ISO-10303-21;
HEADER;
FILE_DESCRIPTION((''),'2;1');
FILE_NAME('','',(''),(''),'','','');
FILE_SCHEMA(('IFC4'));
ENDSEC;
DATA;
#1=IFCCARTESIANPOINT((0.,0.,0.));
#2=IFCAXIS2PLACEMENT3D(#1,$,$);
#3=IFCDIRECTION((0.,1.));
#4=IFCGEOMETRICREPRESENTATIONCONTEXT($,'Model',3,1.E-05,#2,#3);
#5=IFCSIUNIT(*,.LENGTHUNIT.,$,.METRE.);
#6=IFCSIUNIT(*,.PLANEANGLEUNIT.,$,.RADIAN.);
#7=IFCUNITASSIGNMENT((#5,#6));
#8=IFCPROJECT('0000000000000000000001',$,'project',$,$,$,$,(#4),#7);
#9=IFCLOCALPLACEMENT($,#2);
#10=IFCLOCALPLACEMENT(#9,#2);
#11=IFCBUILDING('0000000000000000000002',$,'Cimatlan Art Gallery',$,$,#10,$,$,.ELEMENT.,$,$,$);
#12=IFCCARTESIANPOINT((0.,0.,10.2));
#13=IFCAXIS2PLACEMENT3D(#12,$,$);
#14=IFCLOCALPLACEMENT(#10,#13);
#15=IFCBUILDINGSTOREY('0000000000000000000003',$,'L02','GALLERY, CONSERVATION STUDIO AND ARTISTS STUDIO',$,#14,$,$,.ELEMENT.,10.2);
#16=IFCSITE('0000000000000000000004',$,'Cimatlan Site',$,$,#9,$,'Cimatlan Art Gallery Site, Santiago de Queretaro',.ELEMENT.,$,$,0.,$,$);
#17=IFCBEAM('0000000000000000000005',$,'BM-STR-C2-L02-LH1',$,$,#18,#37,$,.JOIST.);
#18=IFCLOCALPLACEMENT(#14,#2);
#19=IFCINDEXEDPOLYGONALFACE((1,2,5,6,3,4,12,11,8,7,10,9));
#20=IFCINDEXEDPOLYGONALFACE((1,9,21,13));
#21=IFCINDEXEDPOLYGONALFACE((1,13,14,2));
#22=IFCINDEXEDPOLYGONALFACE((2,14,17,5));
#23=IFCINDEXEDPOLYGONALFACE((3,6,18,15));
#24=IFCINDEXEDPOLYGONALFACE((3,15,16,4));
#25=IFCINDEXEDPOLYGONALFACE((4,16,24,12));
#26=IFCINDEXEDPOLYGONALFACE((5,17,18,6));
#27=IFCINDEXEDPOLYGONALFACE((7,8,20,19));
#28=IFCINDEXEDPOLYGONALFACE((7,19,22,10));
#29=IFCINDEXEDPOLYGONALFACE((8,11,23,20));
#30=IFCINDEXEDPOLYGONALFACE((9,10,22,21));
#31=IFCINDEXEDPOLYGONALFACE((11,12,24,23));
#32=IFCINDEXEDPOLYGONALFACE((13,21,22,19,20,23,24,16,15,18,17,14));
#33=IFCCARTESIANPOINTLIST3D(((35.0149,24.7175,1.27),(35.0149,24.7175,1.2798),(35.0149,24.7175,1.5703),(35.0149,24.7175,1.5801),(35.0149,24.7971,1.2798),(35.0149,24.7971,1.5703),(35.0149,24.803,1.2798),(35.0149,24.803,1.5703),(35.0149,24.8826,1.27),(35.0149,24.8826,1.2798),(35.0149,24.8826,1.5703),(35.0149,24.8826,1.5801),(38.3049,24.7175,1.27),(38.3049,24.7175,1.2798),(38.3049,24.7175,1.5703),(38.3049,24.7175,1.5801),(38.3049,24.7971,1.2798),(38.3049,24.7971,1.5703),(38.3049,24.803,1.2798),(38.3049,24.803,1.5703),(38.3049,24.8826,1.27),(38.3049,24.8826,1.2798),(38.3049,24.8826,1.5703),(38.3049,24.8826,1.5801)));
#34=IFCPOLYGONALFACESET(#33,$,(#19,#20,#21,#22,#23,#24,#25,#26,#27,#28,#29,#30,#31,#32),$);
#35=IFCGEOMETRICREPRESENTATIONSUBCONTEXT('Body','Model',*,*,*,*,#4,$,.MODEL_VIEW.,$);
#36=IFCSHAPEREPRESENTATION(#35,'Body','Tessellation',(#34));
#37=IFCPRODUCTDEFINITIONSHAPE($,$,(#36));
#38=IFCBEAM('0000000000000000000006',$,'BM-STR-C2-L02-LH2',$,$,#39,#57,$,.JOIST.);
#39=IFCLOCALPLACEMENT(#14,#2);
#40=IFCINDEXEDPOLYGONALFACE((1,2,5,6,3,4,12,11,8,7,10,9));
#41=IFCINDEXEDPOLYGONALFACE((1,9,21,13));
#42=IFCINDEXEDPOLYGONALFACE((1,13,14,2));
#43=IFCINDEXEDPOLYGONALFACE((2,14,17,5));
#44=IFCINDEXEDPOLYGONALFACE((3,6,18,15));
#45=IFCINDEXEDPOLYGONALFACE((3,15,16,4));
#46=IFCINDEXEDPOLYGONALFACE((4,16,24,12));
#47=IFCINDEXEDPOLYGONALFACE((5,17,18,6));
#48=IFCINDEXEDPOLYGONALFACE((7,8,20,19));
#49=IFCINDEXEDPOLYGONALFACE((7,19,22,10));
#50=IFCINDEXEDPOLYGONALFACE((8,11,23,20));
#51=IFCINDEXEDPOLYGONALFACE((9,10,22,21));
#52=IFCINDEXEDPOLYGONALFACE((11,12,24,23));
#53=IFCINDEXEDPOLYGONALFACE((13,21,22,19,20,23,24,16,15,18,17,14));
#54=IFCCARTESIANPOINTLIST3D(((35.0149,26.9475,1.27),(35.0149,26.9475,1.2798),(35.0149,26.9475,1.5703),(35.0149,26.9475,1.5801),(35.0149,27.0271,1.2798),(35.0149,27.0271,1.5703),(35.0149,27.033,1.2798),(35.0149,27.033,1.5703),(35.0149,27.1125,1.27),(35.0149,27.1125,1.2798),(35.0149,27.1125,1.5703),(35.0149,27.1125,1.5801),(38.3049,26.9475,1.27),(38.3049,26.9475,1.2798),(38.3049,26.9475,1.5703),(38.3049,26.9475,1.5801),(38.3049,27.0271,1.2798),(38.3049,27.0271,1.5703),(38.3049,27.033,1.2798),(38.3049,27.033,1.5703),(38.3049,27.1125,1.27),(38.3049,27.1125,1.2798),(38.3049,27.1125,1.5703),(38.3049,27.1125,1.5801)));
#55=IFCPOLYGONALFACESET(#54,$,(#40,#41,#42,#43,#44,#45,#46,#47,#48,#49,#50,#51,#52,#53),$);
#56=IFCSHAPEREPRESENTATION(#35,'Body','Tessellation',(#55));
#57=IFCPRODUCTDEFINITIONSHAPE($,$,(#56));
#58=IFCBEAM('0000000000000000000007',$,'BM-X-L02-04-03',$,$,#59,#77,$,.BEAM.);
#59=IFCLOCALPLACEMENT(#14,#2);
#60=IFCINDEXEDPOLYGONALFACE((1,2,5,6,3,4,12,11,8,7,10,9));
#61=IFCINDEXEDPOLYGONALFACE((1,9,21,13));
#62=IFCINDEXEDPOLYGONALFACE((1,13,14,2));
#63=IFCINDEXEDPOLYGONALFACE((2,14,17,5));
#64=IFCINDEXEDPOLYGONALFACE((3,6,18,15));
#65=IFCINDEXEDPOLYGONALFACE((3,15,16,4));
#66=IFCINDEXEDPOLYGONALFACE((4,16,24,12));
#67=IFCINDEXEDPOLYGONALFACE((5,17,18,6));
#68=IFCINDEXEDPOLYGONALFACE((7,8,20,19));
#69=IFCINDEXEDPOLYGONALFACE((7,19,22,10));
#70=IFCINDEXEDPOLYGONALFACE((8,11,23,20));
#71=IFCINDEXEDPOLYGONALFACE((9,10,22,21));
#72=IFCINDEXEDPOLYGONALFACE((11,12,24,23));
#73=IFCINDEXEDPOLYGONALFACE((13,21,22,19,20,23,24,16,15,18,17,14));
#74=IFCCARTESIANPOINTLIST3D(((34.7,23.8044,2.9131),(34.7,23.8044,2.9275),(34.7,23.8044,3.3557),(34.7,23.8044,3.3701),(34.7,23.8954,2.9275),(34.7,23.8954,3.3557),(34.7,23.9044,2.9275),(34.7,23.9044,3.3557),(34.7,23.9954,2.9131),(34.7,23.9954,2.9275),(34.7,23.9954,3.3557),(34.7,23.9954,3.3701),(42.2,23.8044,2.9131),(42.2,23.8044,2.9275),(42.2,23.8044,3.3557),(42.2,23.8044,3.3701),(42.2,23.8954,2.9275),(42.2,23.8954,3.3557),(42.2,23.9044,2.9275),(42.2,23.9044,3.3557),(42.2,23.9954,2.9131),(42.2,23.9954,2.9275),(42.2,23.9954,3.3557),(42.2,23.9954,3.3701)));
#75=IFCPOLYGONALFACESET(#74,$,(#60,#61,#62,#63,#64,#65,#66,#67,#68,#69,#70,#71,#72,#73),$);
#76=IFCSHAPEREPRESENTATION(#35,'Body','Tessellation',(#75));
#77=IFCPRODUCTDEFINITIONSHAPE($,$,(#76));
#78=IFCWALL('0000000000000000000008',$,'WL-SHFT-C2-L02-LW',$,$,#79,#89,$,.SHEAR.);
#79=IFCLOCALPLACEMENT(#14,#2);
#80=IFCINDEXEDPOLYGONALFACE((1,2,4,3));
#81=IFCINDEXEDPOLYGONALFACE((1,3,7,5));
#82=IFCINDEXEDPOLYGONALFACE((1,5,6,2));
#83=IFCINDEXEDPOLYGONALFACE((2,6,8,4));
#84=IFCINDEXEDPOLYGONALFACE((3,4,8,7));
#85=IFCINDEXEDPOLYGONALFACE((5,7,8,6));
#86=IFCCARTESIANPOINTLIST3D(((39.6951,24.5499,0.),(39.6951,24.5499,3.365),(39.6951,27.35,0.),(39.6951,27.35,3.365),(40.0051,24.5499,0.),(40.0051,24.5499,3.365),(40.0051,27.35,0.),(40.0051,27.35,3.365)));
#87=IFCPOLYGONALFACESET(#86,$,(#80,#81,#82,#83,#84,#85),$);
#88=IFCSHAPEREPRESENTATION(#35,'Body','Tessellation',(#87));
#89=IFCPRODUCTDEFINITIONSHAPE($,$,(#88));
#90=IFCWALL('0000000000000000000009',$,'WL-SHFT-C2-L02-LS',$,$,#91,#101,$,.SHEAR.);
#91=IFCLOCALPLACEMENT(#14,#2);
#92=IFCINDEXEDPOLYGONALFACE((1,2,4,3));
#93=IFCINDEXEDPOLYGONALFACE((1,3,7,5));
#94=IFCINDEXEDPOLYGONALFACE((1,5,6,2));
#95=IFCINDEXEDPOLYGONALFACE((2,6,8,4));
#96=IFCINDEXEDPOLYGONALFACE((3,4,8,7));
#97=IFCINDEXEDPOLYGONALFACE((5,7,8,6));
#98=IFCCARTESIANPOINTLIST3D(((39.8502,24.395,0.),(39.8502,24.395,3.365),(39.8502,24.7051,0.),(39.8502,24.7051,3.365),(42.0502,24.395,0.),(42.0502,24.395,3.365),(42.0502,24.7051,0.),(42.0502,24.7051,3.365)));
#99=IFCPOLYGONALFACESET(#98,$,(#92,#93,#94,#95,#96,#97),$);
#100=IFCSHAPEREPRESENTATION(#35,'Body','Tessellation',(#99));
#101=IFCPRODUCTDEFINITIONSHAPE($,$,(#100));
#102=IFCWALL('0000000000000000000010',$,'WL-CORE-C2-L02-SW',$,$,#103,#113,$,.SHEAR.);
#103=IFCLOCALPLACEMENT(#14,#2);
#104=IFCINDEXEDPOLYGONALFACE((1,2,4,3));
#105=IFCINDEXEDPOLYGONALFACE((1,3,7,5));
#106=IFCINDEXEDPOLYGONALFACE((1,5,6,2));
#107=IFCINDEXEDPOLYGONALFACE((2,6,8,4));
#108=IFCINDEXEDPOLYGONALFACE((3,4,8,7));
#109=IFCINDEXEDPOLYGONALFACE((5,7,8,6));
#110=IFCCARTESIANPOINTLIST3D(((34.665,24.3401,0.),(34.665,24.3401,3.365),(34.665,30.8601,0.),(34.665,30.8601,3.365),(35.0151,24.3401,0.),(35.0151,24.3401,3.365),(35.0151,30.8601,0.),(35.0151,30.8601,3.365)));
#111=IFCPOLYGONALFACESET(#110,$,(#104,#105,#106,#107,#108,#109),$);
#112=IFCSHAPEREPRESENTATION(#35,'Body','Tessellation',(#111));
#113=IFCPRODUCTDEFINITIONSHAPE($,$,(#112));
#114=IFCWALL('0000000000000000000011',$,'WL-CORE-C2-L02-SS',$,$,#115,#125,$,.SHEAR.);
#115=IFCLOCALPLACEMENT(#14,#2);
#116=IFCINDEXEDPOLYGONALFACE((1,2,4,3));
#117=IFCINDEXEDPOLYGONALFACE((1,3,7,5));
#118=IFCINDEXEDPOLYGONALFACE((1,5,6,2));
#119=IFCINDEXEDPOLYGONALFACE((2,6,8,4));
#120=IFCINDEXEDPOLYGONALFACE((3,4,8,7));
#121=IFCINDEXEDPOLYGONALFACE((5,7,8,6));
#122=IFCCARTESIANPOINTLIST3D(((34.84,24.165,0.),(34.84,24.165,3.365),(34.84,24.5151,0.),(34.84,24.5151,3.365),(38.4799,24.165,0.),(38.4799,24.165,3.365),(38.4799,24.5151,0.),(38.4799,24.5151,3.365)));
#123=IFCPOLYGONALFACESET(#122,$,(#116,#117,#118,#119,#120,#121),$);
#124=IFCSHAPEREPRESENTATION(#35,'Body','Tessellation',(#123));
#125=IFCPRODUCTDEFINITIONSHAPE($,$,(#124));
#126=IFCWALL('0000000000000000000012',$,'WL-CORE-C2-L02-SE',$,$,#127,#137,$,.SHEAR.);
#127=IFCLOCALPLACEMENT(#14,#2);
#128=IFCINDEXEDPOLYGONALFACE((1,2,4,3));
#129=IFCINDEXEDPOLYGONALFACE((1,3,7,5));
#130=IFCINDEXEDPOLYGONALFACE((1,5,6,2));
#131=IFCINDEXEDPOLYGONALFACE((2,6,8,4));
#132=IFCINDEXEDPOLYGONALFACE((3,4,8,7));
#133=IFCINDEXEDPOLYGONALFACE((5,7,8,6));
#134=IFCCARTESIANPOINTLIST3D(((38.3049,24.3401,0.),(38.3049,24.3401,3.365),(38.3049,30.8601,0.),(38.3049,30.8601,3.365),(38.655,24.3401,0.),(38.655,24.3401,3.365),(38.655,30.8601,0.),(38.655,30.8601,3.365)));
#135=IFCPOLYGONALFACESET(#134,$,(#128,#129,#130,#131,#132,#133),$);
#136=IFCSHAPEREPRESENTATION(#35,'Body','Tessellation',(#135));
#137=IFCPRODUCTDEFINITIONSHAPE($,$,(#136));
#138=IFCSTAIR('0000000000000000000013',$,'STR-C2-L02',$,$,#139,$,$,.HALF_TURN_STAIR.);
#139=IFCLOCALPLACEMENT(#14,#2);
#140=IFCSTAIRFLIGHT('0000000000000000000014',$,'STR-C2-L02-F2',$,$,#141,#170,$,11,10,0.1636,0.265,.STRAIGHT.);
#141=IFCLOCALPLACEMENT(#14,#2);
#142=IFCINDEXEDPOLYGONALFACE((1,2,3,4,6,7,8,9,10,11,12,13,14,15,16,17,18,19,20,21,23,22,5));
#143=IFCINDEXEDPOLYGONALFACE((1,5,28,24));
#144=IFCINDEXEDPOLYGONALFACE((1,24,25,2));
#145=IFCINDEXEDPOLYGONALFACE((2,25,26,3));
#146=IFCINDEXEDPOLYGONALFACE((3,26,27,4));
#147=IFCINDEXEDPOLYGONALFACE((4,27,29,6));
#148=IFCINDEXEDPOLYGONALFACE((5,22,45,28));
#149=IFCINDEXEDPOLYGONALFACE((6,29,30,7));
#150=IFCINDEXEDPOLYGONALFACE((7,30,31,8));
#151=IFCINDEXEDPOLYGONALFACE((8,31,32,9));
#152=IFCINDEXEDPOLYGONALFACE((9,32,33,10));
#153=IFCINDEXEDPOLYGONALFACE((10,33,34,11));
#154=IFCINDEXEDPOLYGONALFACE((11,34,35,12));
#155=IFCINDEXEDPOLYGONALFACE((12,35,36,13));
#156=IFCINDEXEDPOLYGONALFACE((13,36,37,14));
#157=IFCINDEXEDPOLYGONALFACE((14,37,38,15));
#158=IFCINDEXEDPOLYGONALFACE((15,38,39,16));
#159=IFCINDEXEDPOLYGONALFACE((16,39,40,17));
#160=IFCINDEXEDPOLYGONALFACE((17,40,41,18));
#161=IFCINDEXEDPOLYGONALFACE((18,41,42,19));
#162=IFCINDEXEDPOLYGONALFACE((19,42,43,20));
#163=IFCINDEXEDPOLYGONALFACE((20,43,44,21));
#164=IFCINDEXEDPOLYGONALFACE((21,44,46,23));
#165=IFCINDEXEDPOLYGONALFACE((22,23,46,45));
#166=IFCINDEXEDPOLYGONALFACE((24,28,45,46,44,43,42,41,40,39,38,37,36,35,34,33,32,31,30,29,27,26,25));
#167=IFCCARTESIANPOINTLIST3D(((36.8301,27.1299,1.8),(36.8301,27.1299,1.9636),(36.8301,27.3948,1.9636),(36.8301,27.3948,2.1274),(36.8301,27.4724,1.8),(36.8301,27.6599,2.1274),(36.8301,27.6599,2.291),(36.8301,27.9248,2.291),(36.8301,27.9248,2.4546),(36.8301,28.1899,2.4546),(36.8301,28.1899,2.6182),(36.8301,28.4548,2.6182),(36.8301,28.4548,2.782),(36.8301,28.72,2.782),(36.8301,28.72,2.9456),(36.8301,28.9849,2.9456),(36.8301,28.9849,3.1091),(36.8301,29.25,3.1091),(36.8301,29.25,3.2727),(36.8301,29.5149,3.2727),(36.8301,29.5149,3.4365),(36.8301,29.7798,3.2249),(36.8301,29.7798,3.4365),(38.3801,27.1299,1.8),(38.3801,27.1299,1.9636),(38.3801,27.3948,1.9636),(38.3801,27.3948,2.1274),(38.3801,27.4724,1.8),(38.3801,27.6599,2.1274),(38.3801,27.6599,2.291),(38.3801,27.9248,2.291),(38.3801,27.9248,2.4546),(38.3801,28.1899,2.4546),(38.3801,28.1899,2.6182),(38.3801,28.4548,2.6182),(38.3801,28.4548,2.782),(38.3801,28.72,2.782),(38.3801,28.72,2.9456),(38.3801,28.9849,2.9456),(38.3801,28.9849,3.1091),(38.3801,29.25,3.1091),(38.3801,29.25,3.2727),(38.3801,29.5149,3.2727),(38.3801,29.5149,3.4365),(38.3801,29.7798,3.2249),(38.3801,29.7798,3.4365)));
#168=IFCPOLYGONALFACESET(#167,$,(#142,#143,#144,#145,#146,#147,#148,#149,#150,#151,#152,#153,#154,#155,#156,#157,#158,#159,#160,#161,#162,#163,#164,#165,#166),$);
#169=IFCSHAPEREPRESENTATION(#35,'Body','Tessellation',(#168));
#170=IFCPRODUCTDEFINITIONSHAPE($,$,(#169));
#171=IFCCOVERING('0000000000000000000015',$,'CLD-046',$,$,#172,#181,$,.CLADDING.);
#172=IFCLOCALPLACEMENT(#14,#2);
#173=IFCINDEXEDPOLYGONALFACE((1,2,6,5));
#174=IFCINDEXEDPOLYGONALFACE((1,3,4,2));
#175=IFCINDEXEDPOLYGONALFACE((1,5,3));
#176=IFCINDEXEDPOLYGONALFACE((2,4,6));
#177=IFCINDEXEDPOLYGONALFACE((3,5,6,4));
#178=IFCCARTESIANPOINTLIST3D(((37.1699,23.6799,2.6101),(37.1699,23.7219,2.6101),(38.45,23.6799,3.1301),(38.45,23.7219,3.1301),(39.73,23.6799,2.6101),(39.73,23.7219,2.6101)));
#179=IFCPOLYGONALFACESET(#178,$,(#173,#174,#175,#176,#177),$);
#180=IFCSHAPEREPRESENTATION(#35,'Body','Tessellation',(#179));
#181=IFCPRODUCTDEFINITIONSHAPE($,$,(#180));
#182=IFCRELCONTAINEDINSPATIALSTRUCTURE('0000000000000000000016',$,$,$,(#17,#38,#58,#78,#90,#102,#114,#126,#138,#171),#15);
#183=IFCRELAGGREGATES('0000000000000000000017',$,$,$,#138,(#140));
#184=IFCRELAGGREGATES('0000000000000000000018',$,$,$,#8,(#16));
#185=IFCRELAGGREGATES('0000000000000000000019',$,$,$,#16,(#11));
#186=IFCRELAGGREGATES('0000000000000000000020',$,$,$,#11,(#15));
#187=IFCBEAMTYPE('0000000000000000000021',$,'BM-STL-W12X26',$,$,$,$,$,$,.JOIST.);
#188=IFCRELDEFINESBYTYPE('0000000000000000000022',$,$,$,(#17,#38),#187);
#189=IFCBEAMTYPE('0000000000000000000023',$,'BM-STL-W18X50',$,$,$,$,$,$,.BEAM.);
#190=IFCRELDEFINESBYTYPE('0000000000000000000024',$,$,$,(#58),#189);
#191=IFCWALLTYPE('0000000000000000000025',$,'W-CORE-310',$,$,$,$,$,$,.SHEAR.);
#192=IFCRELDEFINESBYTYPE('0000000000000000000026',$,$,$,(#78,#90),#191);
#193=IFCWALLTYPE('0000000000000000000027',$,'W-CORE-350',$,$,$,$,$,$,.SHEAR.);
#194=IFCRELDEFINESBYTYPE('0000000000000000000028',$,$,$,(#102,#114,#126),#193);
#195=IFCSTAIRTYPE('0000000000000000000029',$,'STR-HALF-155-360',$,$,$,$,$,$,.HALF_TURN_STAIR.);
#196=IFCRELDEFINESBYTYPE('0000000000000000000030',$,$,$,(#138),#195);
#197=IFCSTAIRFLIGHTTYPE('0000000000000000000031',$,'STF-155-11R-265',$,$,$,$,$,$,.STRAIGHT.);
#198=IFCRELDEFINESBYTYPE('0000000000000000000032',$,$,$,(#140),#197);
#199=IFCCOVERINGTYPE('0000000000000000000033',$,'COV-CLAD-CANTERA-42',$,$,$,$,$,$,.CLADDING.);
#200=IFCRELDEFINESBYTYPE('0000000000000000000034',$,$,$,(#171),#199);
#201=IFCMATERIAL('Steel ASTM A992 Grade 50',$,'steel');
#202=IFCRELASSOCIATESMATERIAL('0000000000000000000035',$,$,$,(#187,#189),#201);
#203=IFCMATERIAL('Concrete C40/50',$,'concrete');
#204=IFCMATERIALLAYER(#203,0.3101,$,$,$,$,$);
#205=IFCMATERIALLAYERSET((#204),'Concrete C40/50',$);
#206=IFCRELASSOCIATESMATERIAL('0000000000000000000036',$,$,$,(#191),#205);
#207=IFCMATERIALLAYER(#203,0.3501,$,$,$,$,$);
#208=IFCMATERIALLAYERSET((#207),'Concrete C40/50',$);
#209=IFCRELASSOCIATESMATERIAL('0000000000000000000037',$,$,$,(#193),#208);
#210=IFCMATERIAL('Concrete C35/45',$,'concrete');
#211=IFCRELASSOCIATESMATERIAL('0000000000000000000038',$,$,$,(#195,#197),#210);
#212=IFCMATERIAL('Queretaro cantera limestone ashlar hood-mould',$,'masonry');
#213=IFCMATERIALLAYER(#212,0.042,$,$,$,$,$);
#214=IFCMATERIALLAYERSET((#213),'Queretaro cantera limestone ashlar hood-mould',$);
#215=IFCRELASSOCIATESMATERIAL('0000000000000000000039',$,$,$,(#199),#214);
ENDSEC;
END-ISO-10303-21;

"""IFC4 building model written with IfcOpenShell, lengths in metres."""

from ifc_helpers import new_model, si_unit, direction, frame, frame_2d, origin, origin_2d, place, context, subcontext, project, spatial, polyline, rectangle, i_section, outline, extrude, material, layer, layer_set, material_profile, profile_set, type_object, element, aggregate, save


model = new_model("IFC4")

# Units and contexts
model_context = context("Model", 3, precision=1e-05, world=origin(), true_north=direction((0.0, 1.0)))
body_context = subcontext(model_context, "Body", "Model", "MODEL_VIEW")
ifc_project = project(units=[si_unit("LENGTHUNIT", "METRE"), si_unit("PLANEANGLEUNIT", "RADIAN")], contexts=[model_context])

# Site, building, storey
site_placement = place(None, origin())
site = spatial("IfcSite", under=ifc_project, at=site_placement, Name="Cimatlan Site", LongName="Cimatlan Art Gallery Site, Santiago de Queretaro", CompositionType="ELEMENT", RefElevation=0.0)
building_placement = place(site_placement, origin())
building = spatial("IfcBuilding", under=site, at=building_placement, Name="Cimatlan Art Gallery", CompositionType="ELEMENT")
storey_placement = place(building_placement, frame((0.0, 0.0, 10.2)))
storey = spatial("IfcBuildingStorey", under=building, at=storey_placement, Name="L02", Description="GALLERY, CONSERVATION STUDIO AND ARTISTS STUDIO", CompositionType="ELEMENT", Elevation=10.2)

# Beams
ifc_material_1 = material(Name="Steel ASTM A992 Grade 50", Category="steel")
ifc_material_profile_1 = material_profile(ifc_material_1, i_section(OverallWidth=0.165, OverallDepth=0.3101, WebThickness=0.0059, FlangeThickness=0.0098, at=origin_2d()), Name="W12X26")
ifc_profile_set_1 = profile_set([ifc_material_profile_1], Name="Steel ASTM A992 Grade 50")
beam_type_1 = type_object("IfcBeamType", Name="BM-STL-W12X26", PredefinedType="JOIST", material=ifc_profile_set_1)
for number, where, z_axis, x_axis, name in (
    (1, (35.0149, 24.8, 1.425), (1.0, 0.0, 0.0), (0.0, 1.0, 0.0), "BM-STR-C2-L02-LH1"),
    (2, (35.0149, 27.03, 1.425), (1.0, 0.0, 0.0), (0.0, 1.0, 0.0), "BM-STR-C2-L02-LH2"),
):
    element("IfcBeam", number, at=place(storey_placement, frame(where, z_axis=z_axis, x_axis=x_axis)), inside=storey, type_object=beam_type_1, Name=name, PredefinedType="JOIST", context=body_context, shape_type="SweptSolid", body=[
        extrude(i_section(OverallWidth=0.165, OverallDepth=0.3101, WebThickness=0.0059, FlangeThickness=0.0098, at=origin_2d()), origin(), (0.0, 0.0, 1.0), 3.29),
    ])
ifc_material_profile_2 = material_profile(ifc_material_1, i_section(OverallWidth=0.1909, OverallDepth=0.457, WebThickness=0.009, FlangeThickness=0.0144, at=origin_2d()), Name="W18X50")
ifc_profile_set_2 = profile_set([ifc_material_profile_2], Name="Steel ASTM A992 Grade 50")
beam_type_2 = type_object("IfcBeamType", Name="BM-STL-W18X50", PredefinedType="BEAM", material=ifc_profile_set_2)
beam_placement = place(storey_placement, frame((34.7, 23.8999, 3.1416), z_axis=(1.0, 0.0, 0.0), x_axis=(0.0, 1.0, 0.0)))
element("IfcBeam", 3, at=beam_placement, inside=storey, type_object=beam_type_2, Name="BM-X-L02-04-03", PredefinedType="BEAM", context=body_context, shape_type="SweptSolid", body=[
    extrude(i_section(OverallWidth=0.1909, OverallDepth=0.457, WebThickness=0.009, FlangeThickness=0.0144, at=origin_2d()), origin(), (0.0, 0.0, 1.0), 7.5),
])

# Walls
ifc_material_2 = material(Name="Concrete C40/50", Category="concrete")
ifc_layer_1 = layer(ifc_material_2, 0.3101)
ifc_layer_set_1 = layer_set([ifc_layer_1], Name="Concrete C40/50")
wall_type_1 = type_object("IfcWallType", Name="W-CORE-310", PredefinedType="SHEAR", material=ifc_layer_set_1)
wall_1_placement = place(storey_placement, frame((39.8501, 24.55, 0.0), z_axis=(0.0, 0.0, 1.0), x_axis=(0.0, 1.0, 0.0)))
element("IfcWall", 4, at=wall_1_placement, inside=storey, type_object=wall_type_1, Name="WL-SHFT-C2-L02-LW", PredefinedType="SHEAR", context=body_context, shape_type="SweptSolid", body=[
    extrude(rectangle(XDim=2.8, YDim=0.3101, at=frame_2d((1.3999, 0.0))), origin(), (0.0, 0.0, 1.0), 3.365),
])
wall_2_placement = place(storey_placement, frame((39.8501, 24.55, 0.0), z_axis=(0.0, 0.0, 1.0), x_axis=(1.0, 0.0, 0.0)))
element("IfcWall", 5, at=wall_2_placement, inside=storey, type_object=wall_type_1, Name="WL-SHFT-C2-L02-LS", PredefinedType="SHEAR", context=body_context, shape_type="SweptSolid", body=[
    extrude(rectangle(XDim=2.2, YDim=0.3101, at=frame_2d((1.1001, 0.0))), origin(), (0.0, 0.0, 1.0), 3.365),
])
ifc_layer_2 = layer(ifc_material_2, 0.3501)
ifc_layer_set_2 = layer_set([ifc_layer_2], Name="Concrete C40/50")
wall_type_2 = type_object("IfcWallType", Name="W-CORE-350", PredefinedType="SHEAR", material=ifc_layer_set_2)
wall_3_placement = place(storey_placement, frame((34.8401, 24.3401, 0.0), z_axis=(0.0, 0.0, 1.0), x_axis=(0.0, 1.0, 0.0)))
element("IfcWall", 6, at=wall_3_placement, inside=storey, type_object=wall_type_2, Name="WL-CORE-C2-L02-SW", PredefinedType="SHEAR", context=body_context, shape_type="SweptSolid", body=[
    extrude(rectangle(XDim=6.52, YDim=0.3501, at=frame_2d((3.26, 0.0))), origin(), (0.0, 0.0, 1.0), 3.365),
])
wall_4_placement = place(storey_placement, frame((34.8401, 24.3401, 0.0), z_axis=(0.0, 0.0, 1.0), x_axis=(1.0, 0.0, 0.0)))
element("IfcWall", 7, at=wall_4_placement, inside=storey, type_object=wall_type_2, Name="WL-CORE-C2-L02-SS", PredefinedType="SHEAR", context=body_context, shape_type="SweptSolid", body=[
    extrude(rectangle(XDim=3.6399, YDim=0.3501, at=frame_2d((1.8198, 0.0))), origin(), (0.0, 0.0, 1.0), 3.365),
])
wall_5_placement = place(storey_placement, frame((38.48, 24.3401, 0.0), z_axis=(0.0, 0.0, 1.0), x_axis=(0.0, 1.0, 0.0)))
element("IfcWall", 8, at=wall_5_placement, inside=storey, type_object=wall_type_2, Name="WL-CORE-C2-L02-SE", PredefinedType="SHEAR", context=body_context, shape_type="SweptSolid", body=[
    extrude(rectangle(XDim=6.52, YDim=0.3501, at=frame_2d((3.26, 0.0))), origin(), (0.0, 0.0, 1.0), 3.365),
])

# Stair, stair flight
ifc_material_3 = material(Name="Concrete C35/45", Category="concrete")
stair_type = type_object("IfcStairType", Name="STR-HALF-155-360", PredefinedType="HALF_TURN_STAIR", material=ifc_material_3)
stair_placement = place(storey_placement, origin())
stair = element("IfcStair", 9, at=stair_placement, inside=storey, type_object=stair_type, Name="STR-C2-L02", PredefinedType="HALF_TURN_STAIR")
stair_flight_type = type_object("IfcStairFlightType", Name="STF-155-11R-265", PredefinedType="STRAIGHT", material=ifc_material_3)
stair_flight_placement = place(storey_placement, frame((37.605, 27.1299, 1.8), z_axis=(0.0, 0.0, 1.0), x_axis=(0.0, 1.0, 0.0)))
stair_flight = element("IfcStairFlight", 10, at=stair_flight_placement, type_object=stair_flight_type, Name="STR-C2-L02-F2", NumberOfRisers=11, NumberOfTreads=10, PredefinedType="STRAIGHT", RiserHeight=0.1636, TreadLength=0.265, context=body_context, shape_type="SweptSolid", body=[
    extrude(outline(polyline([(0.0, 0.0), (0.0, 0.1636), (0.2649, 0.1636), (0.2649, 0.3274), (0.53, 0.3274), (0.53, 0.491), (0.7949, 0.491), (0.7949, 0.6545), (1.0601, 0.6545), (1.0601, 0.8181), (1.325, 0.8181), (1.325, 0.9819), (1.5901, 0.9819), (1.5901, 1.1455), (1.855, 1.1455), (1.855, 1.3091), (2.1201, 1.3091), (2.1201, 1.4727), (2.385, 1.4727), (2.385, 1.6365), (2.6499, 1.6365), (2.6499, 1.8), (2.6499, 1.4248), (0.3425, 0.0), (0.0, 0.0)])), frame((0.0, 0.7749, 0.0), z_axis=(0.0, -1.0, 0.0), x_axis=(1.0, 0.0, 0.0)), (0.0, 0.0, 1.0), 1.55),
])
aggregate(stair, [stair_flight])

# Covering
ifc_material_4 = material(Name="Queretaro cantera limestone ashlar hood-mould", Category="masonry")
ifc_layer_3 = layer(ifc_material_4, 0.042)
ifc_layer_set_3 = layer_set([ifc_layer_3], Name="Queretaro cantera limestone ashlar hood-mould")
covering_type = type_object("IfcCoveringType", Name="COV-CLAD-CANTERA-42", PredefinedType="CLADDING", material=ifc_layer_set_3)
covering_placement = place(storey_placement, frame((39.73, 23.7219, 2.6101), z_axis=(0.0, 1.0, 0.0), x_axis=(-1.0, 0.0, 0.0)))
element("IfcCovering", 11, at=covering_placement, inside=storey, type_object=covering_type, Name="CLD-046", PredefinedType="CLADDING", context=body_context, shape_type="SweptSolid", body=[
    extrude(outline(polyline([(0.0, 0.0), (2.5601, 0.0), (1.28, 0.52), (0.0, 0.0)])), origin(), (0.0, 0.0, -1.0), 0.042),
])

save(model, "model.ifc")
